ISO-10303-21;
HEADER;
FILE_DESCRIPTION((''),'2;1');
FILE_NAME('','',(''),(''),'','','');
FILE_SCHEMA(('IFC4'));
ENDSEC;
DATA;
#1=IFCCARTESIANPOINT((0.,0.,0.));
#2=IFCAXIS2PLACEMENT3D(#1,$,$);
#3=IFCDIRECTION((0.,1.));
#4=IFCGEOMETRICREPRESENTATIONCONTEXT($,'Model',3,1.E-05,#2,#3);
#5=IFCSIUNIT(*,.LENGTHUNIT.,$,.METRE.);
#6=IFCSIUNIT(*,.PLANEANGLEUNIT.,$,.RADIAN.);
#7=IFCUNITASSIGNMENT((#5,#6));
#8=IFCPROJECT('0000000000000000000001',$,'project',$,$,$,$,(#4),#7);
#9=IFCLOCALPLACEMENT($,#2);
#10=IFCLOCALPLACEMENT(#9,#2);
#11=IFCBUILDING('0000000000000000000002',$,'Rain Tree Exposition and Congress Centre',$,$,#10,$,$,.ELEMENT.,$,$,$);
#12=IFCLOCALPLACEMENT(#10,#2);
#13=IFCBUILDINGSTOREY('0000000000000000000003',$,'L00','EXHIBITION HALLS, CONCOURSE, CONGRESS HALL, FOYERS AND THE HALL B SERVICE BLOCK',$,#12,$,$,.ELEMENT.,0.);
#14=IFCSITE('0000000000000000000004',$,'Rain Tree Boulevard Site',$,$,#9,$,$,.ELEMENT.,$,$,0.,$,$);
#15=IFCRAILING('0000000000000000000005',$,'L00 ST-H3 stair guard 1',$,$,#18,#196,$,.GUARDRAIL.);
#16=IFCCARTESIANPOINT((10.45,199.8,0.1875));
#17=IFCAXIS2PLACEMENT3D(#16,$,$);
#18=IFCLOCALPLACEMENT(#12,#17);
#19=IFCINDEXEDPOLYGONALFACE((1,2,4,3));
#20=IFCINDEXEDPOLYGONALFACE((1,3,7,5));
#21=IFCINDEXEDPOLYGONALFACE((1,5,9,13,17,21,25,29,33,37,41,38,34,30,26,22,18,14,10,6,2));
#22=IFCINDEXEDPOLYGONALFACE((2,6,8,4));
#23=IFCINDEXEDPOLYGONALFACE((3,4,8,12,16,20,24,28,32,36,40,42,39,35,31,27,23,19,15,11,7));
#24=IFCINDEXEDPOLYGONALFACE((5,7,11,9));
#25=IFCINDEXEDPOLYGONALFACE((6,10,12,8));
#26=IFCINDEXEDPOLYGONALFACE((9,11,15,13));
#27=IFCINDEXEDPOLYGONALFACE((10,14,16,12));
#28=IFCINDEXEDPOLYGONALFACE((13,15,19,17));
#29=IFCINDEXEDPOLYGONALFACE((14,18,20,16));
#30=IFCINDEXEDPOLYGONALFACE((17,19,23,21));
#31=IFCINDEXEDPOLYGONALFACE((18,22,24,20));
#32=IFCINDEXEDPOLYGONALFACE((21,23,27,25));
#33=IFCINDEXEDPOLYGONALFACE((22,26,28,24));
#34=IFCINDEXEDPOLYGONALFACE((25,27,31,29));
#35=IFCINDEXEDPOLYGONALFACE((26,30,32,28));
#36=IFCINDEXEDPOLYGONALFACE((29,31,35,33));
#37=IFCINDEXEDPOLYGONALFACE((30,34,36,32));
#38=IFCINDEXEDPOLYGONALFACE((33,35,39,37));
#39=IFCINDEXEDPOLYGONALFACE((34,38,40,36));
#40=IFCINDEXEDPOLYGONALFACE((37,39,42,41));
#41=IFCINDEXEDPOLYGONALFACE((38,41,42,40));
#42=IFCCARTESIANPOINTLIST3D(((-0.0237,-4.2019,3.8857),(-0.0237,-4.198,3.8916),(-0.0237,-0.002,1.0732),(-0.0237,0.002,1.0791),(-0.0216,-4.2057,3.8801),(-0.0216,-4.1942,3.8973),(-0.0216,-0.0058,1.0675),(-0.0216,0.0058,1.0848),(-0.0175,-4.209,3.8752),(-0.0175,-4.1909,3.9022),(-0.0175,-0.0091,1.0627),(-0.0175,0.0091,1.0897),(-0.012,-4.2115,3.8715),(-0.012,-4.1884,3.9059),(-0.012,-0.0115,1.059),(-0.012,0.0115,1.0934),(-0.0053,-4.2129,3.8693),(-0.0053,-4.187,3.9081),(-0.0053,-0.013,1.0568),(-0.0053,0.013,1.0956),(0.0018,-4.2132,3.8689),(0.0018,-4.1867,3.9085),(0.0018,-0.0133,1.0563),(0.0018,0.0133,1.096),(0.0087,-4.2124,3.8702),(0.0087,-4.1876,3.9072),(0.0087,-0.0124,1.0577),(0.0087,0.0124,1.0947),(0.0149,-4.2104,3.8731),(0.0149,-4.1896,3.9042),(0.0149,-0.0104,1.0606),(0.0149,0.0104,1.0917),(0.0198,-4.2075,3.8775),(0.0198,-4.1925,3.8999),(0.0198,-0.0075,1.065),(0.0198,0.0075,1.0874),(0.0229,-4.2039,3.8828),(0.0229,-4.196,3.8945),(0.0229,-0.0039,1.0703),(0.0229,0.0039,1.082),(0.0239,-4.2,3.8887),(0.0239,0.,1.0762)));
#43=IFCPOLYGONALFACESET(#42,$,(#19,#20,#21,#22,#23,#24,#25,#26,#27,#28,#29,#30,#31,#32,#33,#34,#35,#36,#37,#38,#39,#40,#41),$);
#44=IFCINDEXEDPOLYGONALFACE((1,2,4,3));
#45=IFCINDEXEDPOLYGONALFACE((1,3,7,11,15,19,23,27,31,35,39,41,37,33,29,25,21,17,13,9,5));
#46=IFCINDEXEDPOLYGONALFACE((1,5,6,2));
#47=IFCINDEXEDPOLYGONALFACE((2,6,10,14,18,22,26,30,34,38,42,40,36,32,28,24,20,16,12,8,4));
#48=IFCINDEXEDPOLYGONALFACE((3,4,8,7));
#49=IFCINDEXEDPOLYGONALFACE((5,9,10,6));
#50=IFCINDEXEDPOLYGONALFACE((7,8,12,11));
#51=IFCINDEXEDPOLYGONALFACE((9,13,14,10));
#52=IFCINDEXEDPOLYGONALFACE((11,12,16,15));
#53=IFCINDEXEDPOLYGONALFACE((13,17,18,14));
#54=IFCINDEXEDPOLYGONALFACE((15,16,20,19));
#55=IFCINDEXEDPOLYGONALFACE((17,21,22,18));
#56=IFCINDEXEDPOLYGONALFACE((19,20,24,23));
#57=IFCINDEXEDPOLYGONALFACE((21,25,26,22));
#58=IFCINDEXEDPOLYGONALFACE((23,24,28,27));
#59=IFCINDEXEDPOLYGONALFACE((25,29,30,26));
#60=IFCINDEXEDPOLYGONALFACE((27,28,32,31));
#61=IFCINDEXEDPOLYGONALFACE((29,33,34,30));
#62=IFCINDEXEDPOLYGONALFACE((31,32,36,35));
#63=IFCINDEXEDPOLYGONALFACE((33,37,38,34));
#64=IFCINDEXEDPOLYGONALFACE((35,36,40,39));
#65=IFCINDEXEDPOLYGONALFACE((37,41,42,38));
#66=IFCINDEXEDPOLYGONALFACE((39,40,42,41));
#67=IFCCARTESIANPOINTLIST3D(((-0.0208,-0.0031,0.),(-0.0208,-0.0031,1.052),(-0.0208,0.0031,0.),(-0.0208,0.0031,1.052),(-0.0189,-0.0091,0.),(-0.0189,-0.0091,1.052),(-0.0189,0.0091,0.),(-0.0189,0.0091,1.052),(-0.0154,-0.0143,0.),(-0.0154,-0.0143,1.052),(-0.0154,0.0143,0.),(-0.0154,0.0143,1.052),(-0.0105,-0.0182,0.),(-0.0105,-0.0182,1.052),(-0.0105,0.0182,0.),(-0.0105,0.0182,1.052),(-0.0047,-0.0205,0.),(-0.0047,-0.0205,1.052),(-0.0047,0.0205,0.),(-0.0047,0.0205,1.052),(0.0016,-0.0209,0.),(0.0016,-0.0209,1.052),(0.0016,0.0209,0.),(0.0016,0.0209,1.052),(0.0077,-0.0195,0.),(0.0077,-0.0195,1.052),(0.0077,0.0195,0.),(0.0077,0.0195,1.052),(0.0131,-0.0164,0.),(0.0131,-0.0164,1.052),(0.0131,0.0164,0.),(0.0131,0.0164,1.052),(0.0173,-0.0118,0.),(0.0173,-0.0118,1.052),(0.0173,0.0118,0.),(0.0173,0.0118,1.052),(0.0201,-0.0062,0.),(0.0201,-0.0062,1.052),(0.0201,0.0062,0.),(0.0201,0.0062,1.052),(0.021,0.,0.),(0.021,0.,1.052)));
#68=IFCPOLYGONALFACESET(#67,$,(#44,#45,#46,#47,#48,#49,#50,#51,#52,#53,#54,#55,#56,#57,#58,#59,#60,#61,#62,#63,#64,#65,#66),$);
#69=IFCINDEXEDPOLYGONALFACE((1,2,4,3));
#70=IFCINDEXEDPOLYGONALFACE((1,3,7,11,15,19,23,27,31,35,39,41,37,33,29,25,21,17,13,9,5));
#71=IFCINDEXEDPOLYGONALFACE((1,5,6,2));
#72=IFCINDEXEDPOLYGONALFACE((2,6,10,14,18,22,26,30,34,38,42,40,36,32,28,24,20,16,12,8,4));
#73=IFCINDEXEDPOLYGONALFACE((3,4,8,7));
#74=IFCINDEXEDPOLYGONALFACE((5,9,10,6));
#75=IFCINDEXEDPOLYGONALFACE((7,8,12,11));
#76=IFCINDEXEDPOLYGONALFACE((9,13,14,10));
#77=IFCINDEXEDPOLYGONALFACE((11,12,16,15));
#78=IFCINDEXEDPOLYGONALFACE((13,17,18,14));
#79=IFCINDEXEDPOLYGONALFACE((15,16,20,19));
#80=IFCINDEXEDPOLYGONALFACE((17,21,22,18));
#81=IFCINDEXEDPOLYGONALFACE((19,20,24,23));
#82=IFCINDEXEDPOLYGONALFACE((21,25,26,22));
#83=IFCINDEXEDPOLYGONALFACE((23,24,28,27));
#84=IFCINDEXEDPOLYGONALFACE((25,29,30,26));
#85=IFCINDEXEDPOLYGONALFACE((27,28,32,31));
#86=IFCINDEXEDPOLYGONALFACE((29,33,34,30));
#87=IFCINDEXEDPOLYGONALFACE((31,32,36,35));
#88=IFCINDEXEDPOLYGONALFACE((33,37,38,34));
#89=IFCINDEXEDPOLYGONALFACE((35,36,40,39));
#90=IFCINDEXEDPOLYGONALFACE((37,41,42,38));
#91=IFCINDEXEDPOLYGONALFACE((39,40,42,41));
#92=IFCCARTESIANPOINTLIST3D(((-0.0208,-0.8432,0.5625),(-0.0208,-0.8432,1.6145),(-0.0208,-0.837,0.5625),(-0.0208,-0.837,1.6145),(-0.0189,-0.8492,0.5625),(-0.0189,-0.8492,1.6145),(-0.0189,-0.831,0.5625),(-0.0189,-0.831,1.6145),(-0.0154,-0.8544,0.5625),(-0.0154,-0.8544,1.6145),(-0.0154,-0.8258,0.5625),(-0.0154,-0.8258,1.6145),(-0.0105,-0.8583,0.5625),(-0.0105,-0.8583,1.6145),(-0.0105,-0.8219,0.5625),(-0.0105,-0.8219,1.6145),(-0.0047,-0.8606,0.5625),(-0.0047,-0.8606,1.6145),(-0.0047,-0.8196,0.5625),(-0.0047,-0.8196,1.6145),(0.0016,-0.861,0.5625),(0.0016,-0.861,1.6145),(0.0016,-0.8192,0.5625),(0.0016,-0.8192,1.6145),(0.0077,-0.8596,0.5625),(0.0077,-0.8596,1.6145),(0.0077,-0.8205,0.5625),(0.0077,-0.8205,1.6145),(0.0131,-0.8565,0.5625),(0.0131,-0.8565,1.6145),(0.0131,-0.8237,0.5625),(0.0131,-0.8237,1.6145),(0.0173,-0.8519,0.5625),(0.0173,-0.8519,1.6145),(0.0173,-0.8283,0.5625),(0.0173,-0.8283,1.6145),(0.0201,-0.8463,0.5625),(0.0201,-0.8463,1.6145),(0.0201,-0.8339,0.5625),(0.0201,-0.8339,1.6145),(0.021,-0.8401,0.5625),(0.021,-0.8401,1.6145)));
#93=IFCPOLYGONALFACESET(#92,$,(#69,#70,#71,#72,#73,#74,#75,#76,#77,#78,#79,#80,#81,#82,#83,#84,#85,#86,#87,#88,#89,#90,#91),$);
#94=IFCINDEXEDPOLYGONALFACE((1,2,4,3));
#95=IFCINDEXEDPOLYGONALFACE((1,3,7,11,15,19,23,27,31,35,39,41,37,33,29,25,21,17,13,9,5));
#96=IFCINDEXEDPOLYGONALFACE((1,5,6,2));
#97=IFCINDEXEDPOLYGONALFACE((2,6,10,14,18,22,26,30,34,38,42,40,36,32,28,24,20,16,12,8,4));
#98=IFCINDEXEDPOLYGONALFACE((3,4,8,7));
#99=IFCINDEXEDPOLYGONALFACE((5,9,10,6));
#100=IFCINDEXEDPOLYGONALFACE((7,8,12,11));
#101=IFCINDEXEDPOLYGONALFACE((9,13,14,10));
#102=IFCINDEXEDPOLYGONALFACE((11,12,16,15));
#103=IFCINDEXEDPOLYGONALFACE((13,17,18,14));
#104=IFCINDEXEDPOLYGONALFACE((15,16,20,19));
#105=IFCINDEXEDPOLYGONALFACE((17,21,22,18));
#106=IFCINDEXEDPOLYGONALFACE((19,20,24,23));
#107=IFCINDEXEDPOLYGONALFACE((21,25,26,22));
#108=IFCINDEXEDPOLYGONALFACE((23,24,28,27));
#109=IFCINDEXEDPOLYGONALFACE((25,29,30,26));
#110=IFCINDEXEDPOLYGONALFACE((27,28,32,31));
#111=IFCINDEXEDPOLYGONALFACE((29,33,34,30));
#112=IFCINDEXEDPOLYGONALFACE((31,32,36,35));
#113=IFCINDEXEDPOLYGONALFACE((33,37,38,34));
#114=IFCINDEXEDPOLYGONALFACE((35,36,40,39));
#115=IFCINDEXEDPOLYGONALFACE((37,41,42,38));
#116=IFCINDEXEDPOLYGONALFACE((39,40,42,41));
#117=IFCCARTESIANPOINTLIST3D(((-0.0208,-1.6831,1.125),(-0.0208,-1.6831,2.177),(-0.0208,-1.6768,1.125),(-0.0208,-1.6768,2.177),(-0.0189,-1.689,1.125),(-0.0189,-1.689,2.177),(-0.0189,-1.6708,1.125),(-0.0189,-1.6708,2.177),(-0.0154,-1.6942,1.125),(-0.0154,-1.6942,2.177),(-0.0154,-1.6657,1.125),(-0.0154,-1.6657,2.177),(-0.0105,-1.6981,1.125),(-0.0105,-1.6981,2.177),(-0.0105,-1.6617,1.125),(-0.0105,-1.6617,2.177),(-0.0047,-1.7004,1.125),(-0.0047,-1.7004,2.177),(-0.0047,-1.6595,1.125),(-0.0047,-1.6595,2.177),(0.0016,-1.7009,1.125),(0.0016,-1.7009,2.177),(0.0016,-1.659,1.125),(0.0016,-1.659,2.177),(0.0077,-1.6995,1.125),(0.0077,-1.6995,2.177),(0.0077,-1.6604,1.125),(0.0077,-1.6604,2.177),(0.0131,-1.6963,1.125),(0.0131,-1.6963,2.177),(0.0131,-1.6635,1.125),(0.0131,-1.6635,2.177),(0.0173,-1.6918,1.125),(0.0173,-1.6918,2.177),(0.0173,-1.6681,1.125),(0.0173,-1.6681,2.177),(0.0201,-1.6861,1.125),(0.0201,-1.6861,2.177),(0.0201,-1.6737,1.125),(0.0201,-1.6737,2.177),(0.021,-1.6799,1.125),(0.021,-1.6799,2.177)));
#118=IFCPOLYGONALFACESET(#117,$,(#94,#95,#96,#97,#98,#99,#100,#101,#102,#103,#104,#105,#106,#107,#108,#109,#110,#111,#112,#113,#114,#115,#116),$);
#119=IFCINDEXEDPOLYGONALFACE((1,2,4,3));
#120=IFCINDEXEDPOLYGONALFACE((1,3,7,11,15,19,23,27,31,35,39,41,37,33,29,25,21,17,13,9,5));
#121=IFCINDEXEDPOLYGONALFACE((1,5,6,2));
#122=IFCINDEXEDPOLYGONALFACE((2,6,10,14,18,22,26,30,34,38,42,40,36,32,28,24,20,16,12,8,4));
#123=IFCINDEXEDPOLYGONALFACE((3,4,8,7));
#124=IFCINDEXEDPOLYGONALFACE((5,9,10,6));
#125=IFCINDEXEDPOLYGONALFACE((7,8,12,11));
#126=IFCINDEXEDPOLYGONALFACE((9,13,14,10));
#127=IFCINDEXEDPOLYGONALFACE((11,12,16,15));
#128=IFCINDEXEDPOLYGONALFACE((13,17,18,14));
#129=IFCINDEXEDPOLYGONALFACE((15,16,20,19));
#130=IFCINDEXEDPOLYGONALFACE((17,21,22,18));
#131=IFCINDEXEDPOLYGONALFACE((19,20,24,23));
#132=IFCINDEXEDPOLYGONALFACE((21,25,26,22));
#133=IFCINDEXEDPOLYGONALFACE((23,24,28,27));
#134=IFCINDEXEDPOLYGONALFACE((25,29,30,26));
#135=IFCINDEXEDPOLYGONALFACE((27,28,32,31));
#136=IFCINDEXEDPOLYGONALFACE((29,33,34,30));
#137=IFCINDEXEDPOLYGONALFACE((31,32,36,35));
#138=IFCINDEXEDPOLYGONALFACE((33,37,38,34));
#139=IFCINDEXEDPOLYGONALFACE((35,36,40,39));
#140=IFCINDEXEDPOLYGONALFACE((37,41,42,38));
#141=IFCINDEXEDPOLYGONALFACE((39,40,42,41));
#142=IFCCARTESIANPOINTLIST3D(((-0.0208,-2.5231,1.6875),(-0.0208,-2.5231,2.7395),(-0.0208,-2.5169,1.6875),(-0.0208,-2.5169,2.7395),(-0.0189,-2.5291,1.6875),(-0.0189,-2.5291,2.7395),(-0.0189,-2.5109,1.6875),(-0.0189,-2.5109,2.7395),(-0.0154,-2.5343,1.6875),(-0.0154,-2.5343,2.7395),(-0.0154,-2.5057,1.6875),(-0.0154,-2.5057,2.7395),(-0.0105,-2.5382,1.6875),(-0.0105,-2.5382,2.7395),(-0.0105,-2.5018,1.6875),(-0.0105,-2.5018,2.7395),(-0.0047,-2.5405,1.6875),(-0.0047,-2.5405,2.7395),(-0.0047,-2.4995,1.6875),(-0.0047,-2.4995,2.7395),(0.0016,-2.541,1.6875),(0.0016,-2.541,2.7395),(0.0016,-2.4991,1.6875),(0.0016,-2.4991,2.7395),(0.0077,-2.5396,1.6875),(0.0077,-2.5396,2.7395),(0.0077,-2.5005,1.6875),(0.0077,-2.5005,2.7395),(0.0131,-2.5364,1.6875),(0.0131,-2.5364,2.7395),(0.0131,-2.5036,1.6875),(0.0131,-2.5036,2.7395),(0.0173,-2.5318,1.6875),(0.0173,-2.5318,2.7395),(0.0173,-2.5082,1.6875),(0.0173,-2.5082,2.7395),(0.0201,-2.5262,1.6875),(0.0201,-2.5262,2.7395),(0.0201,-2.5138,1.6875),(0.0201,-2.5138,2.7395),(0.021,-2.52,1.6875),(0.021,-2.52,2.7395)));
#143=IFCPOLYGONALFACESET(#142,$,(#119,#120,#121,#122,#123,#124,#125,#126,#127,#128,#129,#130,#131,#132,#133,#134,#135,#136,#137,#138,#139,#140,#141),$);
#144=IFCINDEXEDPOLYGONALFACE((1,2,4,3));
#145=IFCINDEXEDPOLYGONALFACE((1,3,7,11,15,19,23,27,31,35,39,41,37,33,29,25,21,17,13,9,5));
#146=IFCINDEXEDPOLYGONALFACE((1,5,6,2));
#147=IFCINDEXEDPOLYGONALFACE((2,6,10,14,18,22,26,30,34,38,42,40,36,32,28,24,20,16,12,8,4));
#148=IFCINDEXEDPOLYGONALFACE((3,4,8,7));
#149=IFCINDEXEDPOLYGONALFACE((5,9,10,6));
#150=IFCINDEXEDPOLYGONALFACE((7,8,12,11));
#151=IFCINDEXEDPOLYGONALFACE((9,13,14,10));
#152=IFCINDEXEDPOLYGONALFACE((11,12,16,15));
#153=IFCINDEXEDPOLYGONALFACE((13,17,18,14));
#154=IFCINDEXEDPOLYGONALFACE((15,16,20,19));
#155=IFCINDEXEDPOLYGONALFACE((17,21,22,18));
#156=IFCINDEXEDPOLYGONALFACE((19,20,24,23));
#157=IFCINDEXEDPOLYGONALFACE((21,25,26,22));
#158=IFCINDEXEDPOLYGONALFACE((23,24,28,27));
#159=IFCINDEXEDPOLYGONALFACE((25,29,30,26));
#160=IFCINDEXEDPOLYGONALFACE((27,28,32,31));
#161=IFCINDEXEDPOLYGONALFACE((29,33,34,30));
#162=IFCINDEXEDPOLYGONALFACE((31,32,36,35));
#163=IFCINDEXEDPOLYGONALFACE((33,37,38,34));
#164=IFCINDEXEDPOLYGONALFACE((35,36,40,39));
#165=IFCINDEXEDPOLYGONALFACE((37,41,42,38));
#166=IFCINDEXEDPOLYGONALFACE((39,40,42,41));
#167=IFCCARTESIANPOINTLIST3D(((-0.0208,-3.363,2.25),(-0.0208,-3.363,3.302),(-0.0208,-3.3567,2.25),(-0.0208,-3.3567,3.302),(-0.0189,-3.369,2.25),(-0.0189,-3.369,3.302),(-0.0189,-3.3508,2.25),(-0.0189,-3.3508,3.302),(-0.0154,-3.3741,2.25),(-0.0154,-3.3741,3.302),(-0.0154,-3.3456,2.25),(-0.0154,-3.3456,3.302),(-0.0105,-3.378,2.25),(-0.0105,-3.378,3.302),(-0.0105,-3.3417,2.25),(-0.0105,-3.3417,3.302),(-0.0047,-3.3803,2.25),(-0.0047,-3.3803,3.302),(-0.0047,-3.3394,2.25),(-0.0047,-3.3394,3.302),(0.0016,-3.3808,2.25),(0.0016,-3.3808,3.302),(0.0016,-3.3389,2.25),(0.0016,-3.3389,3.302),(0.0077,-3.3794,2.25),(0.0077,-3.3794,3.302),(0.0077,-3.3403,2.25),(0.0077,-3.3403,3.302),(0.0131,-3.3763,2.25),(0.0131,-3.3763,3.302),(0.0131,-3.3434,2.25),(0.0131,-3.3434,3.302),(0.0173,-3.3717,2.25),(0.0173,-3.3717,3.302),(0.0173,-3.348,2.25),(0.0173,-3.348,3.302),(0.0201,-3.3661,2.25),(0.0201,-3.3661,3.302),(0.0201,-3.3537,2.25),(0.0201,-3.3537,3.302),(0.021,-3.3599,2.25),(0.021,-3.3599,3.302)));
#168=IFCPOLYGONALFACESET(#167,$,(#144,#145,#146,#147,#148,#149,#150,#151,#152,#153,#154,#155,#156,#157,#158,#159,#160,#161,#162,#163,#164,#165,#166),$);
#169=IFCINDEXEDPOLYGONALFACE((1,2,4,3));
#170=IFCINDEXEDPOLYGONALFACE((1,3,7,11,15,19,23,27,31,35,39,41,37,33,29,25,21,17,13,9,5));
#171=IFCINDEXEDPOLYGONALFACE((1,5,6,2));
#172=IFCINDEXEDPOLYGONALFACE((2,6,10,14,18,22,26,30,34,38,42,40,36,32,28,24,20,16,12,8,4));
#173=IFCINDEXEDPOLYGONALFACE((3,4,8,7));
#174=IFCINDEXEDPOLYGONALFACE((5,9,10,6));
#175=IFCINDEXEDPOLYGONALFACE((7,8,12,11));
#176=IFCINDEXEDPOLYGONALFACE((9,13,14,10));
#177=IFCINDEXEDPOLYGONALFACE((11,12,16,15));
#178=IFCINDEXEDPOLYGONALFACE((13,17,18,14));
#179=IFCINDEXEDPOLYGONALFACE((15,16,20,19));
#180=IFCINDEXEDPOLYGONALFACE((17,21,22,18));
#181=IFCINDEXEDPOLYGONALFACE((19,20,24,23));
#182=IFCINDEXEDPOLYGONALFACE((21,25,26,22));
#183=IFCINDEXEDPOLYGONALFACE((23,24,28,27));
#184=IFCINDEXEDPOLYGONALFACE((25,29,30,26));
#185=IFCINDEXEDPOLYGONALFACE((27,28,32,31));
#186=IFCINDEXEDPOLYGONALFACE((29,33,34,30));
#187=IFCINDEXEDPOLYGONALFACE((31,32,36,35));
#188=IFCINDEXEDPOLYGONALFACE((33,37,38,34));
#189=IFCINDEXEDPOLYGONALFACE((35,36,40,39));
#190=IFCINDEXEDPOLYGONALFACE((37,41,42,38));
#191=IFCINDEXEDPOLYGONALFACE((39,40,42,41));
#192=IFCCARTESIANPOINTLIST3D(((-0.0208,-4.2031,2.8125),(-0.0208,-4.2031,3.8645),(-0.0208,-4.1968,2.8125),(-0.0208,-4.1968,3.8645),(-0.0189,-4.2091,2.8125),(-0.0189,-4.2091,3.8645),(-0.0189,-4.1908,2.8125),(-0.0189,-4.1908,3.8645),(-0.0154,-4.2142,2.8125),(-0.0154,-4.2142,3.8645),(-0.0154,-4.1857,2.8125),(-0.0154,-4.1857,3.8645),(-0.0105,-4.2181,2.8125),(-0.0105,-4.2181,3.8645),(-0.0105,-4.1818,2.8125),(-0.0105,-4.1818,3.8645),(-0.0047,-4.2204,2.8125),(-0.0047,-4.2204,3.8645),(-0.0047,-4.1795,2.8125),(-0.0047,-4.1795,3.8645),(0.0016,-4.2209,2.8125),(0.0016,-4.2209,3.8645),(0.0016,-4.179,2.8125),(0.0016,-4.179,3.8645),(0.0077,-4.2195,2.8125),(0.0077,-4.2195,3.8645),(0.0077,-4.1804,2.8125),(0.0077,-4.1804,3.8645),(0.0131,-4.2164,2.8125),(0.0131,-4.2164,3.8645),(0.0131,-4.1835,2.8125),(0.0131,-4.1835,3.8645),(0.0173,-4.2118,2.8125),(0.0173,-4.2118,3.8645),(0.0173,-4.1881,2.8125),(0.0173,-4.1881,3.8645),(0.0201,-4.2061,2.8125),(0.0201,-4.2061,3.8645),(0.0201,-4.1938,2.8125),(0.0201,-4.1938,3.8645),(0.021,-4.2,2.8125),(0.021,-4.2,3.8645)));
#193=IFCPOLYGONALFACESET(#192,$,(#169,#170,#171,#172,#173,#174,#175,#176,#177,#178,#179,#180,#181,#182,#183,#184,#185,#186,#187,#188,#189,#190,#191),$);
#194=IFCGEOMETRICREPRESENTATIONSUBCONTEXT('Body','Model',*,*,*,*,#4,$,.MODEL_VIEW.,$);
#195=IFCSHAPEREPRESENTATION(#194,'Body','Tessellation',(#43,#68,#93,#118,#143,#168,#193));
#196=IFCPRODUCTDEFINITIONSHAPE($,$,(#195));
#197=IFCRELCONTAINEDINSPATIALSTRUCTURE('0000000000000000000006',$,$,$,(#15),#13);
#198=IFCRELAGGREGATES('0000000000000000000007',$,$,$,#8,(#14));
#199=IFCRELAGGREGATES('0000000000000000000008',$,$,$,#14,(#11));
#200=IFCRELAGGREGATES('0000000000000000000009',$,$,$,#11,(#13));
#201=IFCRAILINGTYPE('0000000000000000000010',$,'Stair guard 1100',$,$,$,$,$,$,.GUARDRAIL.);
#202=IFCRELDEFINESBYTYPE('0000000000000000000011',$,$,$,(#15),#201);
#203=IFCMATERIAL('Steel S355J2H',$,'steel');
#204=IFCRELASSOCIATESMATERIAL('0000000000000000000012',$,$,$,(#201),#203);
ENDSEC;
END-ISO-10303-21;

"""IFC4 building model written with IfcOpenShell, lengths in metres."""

from ifc_helpers import new_model, si_unit, direction, frame, origin, origin_2d, place, context, subcontext, project, spatial, circle, extrude, material, type_object, element, save


model = new_model("IFC4")

# Units and contexts
model_context = context("Model", 3, precision=1e-05, world=origin(), true_north=direction((0.0, 1.0)))
body_context = subcontext(model_context, "Body", "Model", "MODEL_VIEW")
ifc_project = project(units=[si_unit("LENGTHUNIT", "METRE"), si_unit("PLANEANGLEUNIT", "RADIAN")], contexts=[model_context])

# Site, building, storey
site_placement = place(None, origin())
site = spatial("IfcSite", under=ifc_project, at=site_placement, Name="Rain Tree Boulevard Site", CompositionType="ELEMENT", RefElevation=0.0)
building_placement = place(site_placement, origin())
building = spatial("IfcBuilding", under=site, at=building_placement, Name="Rain Tree Exposition and Congress Centre", CompositionType="ELEMENT")
storey_placement = place(building_placement, origin())
storey = spatial("IfcBuildingStorey", under=building, at=storey_placement, Name="L00", Description="EXHIBITION HALLS, CONCOURSE, CONGRESS HALL, FOYERS AND THE HALL B SERVICE BLOCK", CompositionType="ELEMENT", Elevation=0.0)

# Railing
ifc_material_1 = material(Name="Steel S355J2H", Category="steel")
railing_type_1 = type_object("IfcRailingType", Name="Stair guard 1100", PredefinedType="GUARDRAIL", material=ifc_material_1)
railing_1_placement = place(storey_placement, frame((10.45, 199.8, 0.1875)))
element("IfcRailing", 1, at=railing_1_placement, inside=storey, type_object=railing_type_1, Name="L00 ST-H3 stair guard 1", PredefinedType="GUARDRAIL", context=body_context, shape_type="SweptSolid", body=[
    extrude(circle(Radius=0.0239, at=origin_2d()), frame((0.0, 0.0, 1.0762), z_axis=(0.0, -0.830904, 0.556416), x_axis=(1.0, 0.0, 0.0)), (0.0, 0.0, 1.0), 5.0547),
    extrude(circle(Radius=0.021, at=origin_2d()), origin(), (0.0, 0.0, 1.0), 1.052),
    extrude(circle(Radius=0.021, at=origin_2d()), frame((0.0, -0.8401, 0.5625)), (0.0, 0.0, 1.0), 1.052),
    extrude(circle(Radius=0.021, at=origin_2d()), frame((0.0, -1.6799, 1.125)), (0.0, 0.0, 1.0), 1.052),
    extrude(circle(Radius=0.021, at=origin_2d()), frame((0.0, -2.52, 1.6875)), (0.0, 0.0, 1.0), 1.052),
    extrude(circle(Radius=0.021, at=origin_2d()), frame((0.0, -3.3599, 2.25)), (0.0, 0.0, 1.0), 1.052),
    extrude(circle(Radius=0.021, at=origin_2d()), frame((0.0, -4.2, 2.8125)), (0.0, 0.0, 1.0), 1.052),
])

save(model, "model.ifc")
